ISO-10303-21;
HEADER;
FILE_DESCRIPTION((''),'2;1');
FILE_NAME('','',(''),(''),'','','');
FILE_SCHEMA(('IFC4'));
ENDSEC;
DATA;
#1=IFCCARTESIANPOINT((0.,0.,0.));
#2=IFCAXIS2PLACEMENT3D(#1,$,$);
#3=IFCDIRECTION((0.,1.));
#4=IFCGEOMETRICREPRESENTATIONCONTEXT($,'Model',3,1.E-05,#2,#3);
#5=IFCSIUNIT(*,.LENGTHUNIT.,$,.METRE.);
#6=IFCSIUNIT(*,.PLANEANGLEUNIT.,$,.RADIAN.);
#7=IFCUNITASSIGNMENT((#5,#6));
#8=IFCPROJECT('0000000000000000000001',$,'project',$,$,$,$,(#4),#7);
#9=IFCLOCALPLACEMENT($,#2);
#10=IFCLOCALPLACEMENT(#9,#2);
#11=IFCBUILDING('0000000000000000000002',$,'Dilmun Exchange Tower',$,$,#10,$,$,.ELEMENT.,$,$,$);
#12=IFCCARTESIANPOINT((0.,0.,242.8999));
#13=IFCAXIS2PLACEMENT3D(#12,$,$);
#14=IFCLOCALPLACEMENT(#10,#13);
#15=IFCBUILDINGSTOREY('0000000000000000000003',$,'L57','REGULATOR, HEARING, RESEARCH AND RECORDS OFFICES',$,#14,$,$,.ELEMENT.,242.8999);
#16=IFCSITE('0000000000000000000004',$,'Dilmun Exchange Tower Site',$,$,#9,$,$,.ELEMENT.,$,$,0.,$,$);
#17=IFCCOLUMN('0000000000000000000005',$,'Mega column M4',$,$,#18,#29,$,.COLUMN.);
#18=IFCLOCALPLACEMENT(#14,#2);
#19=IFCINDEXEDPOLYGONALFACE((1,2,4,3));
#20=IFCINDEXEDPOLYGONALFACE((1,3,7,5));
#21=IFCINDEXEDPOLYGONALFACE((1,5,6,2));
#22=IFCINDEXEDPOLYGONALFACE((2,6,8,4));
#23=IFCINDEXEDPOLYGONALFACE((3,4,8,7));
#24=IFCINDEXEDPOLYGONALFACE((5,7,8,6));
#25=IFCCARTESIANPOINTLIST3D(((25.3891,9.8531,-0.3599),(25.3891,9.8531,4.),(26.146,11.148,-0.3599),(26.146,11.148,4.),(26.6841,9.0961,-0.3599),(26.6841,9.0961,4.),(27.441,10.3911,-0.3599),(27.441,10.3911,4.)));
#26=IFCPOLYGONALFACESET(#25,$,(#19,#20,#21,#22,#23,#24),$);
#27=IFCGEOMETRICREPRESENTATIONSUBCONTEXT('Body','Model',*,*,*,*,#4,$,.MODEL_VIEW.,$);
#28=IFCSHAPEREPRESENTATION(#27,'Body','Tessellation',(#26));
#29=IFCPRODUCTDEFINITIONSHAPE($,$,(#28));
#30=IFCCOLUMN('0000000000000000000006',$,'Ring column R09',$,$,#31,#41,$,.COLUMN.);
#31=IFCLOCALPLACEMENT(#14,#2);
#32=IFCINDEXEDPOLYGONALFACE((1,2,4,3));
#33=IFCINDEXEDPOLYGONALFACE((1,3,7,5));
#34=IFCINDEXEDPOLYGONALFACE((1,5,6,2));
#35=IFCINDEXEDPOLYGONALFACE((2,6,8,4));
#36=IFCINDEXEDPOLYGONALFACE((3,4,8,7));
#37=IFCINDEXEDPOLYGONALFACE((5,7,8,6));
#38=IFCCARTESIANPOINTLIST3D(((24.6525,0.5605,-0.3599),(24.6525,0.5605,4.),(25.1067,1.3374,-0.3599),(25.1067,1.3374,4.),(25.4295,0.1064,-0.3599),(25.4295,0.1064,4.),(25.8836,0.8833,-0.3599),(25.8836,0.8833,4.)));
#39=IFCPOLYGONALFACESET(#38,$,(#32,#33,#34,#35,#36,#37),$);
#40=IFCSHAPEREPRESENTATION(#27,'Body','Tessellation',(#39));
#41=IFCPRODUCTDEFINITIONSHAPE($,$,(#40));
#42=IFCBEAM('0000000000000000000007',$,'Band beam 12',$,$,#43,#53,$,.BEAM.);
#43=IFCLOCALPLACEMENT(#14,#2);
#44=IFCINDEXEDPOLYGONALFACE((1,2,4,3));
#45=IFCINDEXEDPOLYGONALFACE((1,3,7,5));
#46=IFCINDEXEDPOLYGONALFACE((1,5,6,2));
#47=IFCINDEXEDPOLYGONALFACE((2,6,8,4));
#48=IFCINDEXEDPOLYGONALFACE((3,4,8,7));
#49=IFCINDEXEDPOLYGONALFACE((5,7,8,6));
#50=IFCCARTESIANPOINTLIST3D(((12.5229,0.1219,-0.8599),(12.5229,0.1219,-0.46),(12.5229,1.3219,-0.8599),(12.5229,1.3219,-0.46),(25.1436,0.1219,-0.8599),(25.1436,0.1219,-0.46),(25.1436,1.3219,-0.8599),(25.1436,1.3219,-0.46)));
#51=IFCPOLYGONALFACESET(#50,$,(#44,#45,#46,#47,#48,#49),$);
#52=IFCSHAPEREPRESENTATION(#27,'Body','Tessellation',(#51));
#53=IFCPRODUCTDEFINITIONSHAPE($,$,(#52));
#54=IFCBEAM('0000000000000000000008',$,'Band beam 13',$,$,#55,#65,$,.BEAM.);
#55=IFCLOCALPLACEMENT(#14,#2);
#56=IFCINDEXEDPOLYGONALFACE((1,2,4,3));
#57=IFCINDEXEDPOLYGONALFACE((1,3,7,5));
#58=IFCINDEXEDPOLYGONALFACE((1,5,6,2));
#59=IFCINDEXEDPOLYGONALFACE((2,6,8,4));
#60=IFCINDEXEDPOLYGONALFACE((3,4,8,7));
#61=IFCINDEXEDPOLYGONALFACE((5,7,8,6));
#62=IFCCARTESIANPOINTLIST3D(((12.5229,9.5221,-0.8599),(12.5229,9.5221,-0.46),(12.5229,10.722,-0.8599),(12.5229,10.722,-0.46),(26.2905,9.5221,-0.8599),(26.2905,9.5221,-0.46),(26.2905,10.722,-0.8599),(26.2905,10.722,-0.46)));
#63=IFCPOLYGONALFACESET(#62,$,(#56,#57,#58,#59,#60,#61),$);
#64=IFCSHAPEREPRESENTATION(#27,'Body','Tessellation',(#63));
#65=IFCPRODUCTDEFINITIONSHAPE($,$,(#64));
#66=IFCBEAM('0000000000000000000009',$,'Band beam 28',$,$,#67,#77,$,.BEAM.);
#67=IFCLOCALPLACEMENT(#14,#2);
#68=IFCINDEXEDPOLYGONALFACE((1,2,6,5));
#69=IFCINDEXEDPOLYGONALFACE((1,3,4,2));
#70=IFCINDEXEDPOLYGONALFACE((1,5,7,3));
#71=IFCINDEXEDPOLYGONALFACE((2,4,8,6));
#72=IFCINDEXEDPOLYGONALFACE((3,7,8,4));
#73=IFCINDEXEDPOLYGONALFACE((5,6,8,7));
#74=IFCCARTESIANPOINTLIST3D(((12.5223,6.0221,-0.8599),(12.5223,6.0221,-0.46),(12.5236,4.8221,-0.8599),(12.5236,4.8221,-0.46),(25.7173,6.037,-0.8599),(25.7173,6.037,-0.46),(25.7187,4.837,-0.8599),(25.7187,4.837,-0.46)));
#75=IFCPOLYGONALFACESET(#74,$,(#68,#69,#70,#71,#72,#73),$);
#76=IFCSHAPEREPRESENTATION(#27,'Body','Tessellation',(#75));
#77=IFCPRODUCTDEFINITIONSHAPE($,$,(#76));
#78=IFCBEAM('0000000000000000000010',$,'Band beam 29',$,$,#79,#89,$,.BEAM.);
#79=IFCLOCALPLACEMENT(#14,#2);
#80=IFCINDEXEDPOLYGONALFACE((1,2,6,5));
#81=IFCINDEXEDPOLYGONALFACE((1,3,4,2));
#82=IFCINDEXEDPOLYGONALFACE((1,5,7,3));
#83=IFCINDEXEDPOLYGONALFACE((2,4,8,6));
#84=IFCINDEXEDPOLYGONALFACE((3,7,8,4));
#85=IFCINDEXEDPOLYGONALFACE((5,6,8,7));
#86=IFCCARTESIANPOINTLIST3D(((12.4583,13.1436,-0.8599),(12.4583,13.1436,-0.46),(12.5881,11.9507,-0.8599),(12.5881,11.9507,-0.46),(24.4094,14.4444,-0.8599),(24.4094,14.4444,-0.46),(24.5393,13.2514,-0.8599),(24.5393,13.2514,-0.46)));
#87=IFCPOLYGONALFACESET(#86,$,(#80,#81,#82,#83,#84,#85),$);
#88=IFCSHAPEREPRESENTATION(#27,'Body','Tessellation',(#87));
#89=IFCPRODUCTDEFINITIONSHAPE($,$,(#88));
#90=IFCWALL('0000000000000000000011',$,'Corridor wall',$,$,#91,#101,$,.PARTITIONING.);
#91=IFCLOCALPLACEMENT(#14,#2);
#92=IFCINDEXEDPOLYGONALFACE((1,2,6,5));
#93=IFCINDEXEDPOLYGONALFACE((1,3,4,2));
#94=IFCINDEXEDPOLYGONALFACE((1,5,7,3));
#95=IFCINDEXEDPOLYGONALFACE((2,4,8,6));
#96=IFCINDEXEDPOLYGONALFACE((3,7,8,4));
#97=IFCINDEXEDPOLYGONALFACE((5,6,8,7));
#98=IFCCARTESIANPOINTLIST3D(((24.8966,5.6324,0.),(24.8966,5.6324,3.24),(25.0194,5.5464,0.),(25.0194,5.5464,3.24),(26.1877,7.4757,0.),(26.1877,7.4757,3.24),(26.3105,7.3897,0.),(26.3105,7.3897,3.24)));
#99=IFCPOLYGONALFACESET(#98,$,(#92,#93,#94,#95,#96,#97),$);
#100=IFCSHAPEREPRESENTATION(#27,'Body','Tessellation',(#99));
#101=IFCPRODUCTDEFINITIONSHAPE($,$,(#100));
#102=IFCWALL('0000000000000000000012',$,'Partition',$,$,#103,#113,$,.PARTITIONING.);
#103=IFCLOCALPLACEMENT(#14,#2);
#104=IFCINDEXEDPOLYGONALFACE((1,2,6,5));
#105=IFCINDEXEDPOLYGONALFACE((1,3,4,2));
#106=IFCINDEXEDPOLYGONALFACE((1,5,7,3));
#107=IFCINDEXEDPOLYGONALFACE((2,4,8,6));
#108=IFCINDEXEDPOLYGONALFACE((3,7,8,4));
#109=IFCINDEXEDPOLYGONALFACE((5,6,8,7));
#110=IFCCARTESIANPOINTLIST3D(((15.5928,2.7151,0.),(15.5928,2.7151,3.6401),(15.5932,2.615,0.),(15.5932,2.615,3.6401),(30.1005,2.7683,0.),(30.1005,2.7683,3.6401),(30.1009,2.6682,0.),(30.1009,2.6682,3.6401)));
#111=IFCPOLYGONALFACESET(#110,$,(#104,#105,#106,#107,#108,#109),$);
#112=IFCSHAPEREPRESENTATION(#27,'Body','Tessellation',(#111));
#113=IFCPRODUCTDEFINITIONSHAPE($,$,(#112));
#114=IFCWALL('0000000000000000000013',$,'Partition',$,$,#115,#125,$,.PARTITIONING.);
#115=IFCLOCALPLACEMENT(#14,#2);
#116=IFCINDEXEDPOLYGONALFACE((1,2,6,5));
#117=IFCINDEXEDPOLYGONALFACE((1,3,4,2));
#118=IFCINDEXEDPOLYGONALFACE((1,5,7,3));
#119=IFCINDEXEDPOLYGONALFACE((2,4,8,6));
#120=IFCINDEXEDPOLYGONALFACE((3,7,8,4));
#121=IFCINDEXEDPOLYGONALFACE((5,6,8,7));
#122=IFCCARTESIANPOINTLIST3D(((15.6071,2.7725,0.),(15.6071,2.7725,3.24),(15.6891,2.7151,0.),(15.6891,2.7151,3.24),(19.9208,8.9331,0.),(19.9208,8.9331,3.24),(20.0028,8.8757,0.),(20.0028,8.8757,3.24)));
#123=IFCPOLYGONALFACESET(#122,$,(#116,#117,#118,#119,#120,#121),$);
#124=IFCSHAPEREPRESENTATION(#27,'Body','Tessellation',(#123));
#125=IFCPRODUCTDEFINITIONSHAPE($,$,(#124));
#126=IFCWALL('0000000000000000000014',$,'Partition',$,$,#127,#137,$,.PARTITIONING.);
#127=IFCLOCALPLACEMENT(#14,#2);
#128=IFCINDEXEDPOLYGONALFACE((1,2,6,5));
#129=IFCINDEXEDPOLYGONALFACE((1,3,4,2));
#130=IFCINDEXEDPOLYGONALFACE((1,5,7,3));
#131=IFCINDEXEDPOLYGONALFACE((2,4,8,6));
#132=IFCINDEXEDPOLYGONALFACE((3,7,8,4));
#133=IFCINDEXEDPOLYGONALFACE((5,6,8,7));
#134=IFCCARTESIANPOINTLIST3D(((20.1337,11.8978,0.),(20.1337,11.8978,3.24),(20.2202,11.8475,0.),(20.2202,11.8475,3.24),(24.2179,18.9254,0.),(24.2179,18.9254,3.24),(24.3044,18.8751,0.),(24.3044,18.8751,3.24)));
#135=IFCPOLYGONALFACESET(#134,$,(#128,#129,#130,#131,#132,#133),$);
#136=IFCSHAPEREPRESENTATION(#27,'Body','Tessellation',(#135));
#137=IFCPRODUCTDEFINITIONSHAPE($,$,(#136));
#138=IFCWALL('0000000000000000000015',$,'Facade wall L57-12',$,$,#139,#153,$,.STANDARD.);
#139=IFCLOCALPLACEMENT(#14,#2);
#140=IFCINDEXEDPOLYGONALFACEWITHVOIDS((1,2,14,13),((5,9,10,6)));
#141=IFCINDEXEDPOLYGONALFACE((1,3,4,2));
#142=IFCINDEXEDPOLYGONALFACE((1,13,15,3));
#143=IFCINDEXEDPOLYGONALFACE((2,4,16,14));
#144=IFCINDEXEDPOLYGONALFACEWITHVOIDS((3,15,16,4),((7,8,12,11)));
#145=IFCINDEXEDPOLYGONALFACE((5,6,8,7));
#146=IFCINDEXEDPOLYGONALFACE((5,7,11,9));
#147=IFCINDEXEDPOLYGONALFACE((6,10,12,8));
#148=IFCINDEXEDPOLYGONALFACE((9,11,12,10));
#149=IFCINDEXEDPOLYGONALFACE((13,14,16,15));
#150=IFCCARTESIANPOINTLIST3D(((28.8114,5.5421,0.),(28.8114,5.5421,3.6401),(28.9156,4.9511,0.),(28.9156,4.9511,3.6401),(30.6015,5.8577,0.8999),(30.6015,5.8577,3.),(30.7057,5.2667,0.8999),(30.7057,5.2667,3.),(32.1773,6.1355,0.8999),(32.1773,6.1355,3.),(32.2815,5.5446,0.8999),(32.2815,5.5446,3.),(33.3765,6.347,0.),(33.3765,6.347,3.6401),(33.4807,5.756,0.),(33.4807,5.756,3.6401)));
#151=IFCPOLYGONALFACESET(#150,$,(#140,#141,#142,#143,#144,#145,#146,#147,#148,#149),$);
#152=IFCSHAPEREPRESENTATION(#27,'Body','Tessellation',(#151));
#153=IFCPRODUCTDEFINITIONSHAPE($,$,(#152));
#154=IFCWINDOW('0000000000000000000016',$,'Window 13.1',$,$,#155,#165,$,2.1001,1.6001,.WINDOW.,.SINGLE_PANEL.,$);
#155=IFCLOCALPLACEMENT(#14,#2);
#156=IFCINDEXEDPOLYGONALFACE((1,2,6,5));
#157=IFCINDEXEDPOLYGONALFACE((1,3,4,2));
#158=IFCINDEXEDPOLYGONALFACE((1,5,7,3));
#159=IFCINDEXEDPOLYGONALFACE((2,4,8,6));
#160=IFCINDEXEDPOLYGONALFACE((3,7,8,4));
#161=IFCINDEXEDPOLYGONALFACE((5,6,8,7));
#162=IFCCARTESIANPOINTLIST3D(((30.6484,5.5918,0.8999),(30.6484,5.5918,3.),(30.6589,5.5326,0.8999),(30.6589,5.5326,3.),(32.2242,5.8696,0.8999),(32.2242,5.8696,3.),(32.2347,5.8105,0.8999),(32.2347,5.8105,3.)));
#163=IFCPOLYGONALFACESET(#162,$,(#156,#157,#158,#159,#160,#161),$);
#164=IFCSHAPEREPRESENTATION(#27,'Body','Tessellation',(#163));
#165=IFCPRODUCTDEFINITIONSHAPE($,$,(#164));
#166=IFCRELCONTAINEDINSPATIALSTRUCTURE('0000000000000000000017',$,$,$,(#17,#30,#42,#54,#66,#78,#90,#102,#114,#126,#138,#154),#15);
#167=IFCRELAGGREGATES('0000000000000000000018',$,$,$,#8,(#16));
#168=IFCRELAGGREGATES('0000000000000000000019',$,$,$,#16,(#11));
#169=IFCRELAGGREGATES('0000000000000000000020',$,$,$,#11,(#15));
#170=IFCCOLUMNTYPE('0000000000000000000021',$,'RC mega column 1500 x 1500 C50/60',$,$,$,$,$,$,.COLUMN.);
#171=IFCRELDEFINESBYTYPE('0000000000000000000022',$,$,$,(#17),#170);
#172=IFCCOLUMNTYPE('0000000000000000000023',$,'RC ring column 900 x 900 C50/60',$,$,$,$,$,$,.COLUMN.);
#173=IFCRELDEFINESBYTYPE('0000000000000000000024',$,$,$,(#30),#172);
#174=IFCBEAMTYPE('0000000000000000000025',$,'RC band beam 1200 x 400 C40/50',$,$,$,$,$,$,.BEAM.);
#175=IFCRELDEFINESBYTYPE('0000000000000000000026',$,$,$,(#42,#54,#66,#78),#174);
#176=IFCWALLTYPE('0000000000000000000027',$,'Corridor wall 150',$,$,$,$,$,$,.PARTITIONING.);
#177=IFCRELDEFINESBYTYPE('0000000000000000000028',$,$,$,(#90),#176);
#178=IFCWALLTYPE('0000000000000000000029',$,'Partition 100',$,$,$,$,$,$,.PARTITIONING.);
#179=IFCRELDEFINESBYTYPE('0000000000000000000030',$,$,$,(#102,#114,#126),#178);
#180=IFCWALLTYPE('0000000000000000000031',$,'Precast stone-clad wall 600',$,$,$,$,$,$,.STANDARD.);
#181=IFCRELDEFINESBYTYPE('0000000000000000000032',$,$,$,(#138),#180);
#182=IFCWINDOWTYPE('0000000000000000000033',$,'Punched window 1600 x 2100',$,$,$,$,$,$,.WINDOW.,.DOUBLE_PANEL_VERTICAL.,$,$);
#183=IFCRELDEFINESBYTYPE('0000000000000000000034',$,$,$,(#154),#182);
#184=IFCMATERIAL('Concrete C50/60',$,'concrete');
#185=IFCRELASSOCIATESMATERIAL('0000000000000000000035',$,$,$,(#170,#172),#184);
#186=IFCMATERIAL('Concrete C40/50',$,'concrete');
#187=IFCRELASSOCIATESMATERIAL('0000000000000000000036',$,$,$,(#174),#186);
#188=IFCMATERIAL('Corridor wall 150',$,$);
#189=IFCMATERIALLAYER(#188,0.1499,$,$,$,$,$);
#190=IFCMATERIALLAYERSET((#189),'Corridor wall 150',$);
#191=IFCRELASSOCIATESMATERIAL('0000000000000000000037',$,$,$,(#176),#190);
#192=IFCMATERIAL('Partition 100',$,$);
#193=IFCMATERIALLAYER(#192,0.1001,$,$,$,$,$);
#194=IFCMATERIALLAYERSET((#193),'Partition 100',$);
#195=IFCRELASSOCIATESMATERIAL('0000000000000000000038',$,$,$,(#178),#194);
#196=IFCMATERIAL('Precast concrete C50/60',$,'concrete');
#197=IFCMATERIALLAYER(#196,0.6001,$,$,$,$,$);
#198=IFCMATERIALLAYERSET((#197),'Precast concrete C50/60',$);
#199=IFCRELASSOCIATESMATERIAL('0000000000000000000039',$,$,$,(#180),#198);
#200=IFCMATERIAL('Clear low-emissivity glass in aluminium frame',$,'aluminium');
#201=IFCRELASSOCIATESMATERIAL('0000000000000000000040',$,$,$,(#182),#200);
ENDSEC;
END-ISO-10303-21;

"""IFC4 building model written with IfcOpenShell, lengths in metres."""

from ifc_helpers import new_model, si_unit, direction, frame, frame_2d, origin, origin_2d, place, context, subcontext, project, spatial, rectangle, extrude, material, layer, layer_set, material_profile, profile_set, type_object, element, fill, save


model = new_model("IFC4")

# Units and contexts
model_context = context("Model", 3, precision=1e-05, world=origin(), true_north=direction((0.0, 1.0)))
body_context = subcontext(model_context, "Body", "Model", "MODEL_VIEW")
ifc_project = project(units=[si_unit("LENGTHUNIT", "METRE"), si_unit("PLANEANGLEUNIT", "RADIAN")], contexts=[model_context])

# Site, building, storey
site_placement = place(None, origin())
site = spatial("IfcSite", under=ifc_project, at=site_placement, Name="Dilmun Exchange Tower Site", CompositionType="ELEMENT", RefElevation=0.0)
building_placement = place(site_placement, origin())
building = spatial("IfcBuilding", under=site, at=building_placement, Name="Dilmun Exchange Tower", CompositionType="ELEMENT")
storey_placement = place(building_placement, frame((0.0, 0.0, 242.8999)))
storey = spatial("IfcBuildingStorey", under=building, at=storey_placement, Name="L57", Description="REGULATOR, HEARING, RESEARCH AND RECORDS OFFICES", CompositionType="ELEMENT", Elevation=242.8999)

# Columns
ifc_material_1 = material(Name="Concrete C50/60", Category="concrete")
ifc_material_profile_1 = material_profile(ifc_material_1, rectangle(XDim=1.5, YDim=1.5, at=origin_2d()), Name="1500 x 1500")
ifc_profile_set_1 = profile_set([ifc_material_profile_1], Name="Concrete C50/60")
column_type_1 = type_object("IfcColumnType", Name="RC mega column 1500 x 1500 C50/60", PredefinedType="COLUMN", material=ifc_profile_set_1)
column_1_placement = place(storey_placement, frame((26.415, 10.1221, -0.3599), z_axis=(0.0, 0.0, 1.0), x_axis=(0.504644, 0.863328, 0.0)))
element("IfcColumn", 1, at=column_1_placement, inside=storey, type_object=column_type_1, Name="Mega column M4", PredefinedType="COLUMN", context=body_context, shape_type="SweptSolid", body=[
    extrude(rectangle(XDim=1.5, YDim=1.5, at=origin_2d()), origin(), (0.0, 0.0, 1.0), 4.3599),
])
ifc_material_profile_2 = material_profile(ifc_material_1, rectangle(XDim=0.8999, YDim=0.8999, at=origin_2d()), Name="900 x 900")
ifc_profile_set_2 = profile_set([ifc_material_profile_2], Name="Concrete C50/60")
column_type_2 = type_object("IfcColumnType", Name="RC ring column 900 x 900 C50/60", PredefinedType="COLUMN", material=ifc_profile_set_2)
column_2_placement = place(storey_placement, frame((25.2681, 0.7219, -0.3599), z_axis=(0.0, 0.0, 1.0), x_axis=(0.504644, 0.863328, 0.0)))
element("IfcColumn", 2, at=column_2_placement, inside=storey, type_object=column_type_2, Name="Ring column R09", PredefinedType="COLUMN", context=body_context, shape_type="SweptSolid", body=[
    extrude(rectangle(XDim=0.8999, YDim=0.8999, at=origin_2d()), origin(), (0.0, 0.0, 1.0), 4.3599),
])

# Beams
ifc_material_2 = material(Name="Concrete C40/50", Category="concrete")
ifc_material_profile_3 = material_profile(ifc_material_2, rectangle(XDim=1.2, YDim=0.3999, at=origin_2d()), Name="1200 x 400")
ifc_profile_set_3 = profile_set([ifc_material_profile_3], Name="Concrete C40/50")
beam_type = type_object("IfcBeamType", Name="RC band beam 1200 x 400 C40/50", PredefinedType="BEAM", material=ifc_profile_set_3)
beam_1_placement = place(storey_placement, frame((25.1436, 0.7219, -0.6599), z_axis=(-1.0, 0.0, 0.0), x_axis=(0.0, -1.0, 0.0)))
element("IfcBeam", 3, at=beam_1_placement, inside=storey, type_object=beam_type, Name="Band beam 12", PredefinedType="BEAM", context=body_context, shape_type="SweptSolid", body=[
    extrude(rectangle(XDim=1.2, YDim=0.3999, at=origin_2d()), origin(), (0.0, 0.0, 1.0), 12.6206),
])
beam_2_placement = place(storey_placement, frame((26.2905, 10.1221, -0.6599), z_axis=(-1.0, 0.0, 0.0), x_axis=(0.0, -1.0, 0.0)))
element("IfcBeam", 4, at=beam_2_placement, inside=storey, type_object=beam_type, Name="Band beam 13", PredefinedType="BEAM", context=body_context, shape_type="SweptSolid", body=[
    extrude(rectangle(XDim=1.2, YDim=0.3999, at=origin_2d()), origin(), (0.0, 0.0, 1.0), 13.7676),
])
beam_3_placement = place(storey_placement, frame((25.718, 5.437, -0.6599), z_axis=(-0.999999, -0.001129, 0.0), x_axis=(0.001129, -0.999999, 0.0)))
element("IfcBeam", 5, at=beam_3_placement, inside=storey, type_object=beam_type, Name="Band beam 28", PredefinedType="BEAM", context=body_context, shape_type="SweptSolid", body=[
    extrude(rectangle(XDim=1.2, YDim=0.3999, at=origin_2d()), origin(), (0.0, 0.0, 1.0), 13.1951),
])
beam_4_placement = place(storey_placement, frame((24.4744, 13.8479, -0.6599), z_axis=(-0.994129, -0.108202, 0.0), x_axis=(0.108202, -0.994129, 0.0)))
element("IfcBeam", 6, at=beam_4_placement, inside=storey, type_object=beam_type, Name="Band beam 29", PredefinedType="BEAM", context=body_context, shape_type="SweptSolid", body=[
    extrude(rectangle(XDim=1.2, YDim=0.3999, at=origin_2d()), origin(), (0.0, 0.0, 1.0), 12.0217),
])

# Walls
ifc_material_3 = material(Name="Corridor wall 150")
ifc_layer_1 = layer(ifc_material_3, 0.1499)
ifc_layer_set_1 = layer_set([ifc_layer_1], Name="Corridor wall 150")
wall_type_1 = type_object("IfcWallType", Name="Corridor wall 150", PredefinedType="PARTITIONING", material=ifc_layer_set_1)
wall_1_placement = place(storey_placement, frame((24.958, 5.5894, 0.0), z_axis=(0.0, 0.0, 1.0), x_axis=(0.573681, 0.819079, 0.0)))
element("IfcWall", 7, at=wall_1_placement, inside=storey, type_object=wall_type_1, Name="Corridor wall", PredefinedType="PARTITIONING", context=body_context, shape_type="SweptSolid", body=[
    extrude(rectangle(XDim=2.2505, YDim=0.1499, at=frame_2d((1.1252, 0.0))), origin(), (0.0, 0.0, 1.0), 3.24),
])
ifc_material_4 = material(Name="Partition 100")
ifc_layer_2 = layer(ifc_material_4, 0.1001)
ifc_layer_set_2 = layer_set([ifc_layer_2], Name="Partition 100")
wall_type_2 = type_object("IfcWallType", Name="Partition 100", PredefinedType="PARTITIONING", material=ifc_layer_set_2)
wall_2_placement = place(storey_placement, frame((15.593, 2.665, 0.0), z_axis=(0.0, 0.0, 1.0), x_axis=(0.999993, 0.003669, 0.0)))
element("IfcWall", 8, at=wall_2_placement, inside=storey, type_object=wall_type_2, Name="Partition", PredefinedType="PARTITIONING", context=body_context, shape_type="SweptSolid", body=[
    extrude(rectangle(XDim=14.5078, YDim=0.1001, at=frame_2d((7.2539, 0.0))), origin(), (0.0, 0.0, 1.0), 3.6401),
])
wall_3_placement = place(storey_placement, frame((15.6482, 2.7439, 0.0), z_axis=(0.0, 0.0, 1.0), x_axis=(0.573576, 0.819153, 0.0)))
element("IfcWall", 9, at=wall_3_placement, inside=storey, type_object=wall_type_2, Name="Partition", PredefinedType="PARTITIONING", context=body_context, shape_type="SweptSolid", body=[
    extrude(rectangle(XDim=7.5208, YDim=0.1001, at=frame_2d((3.7603, 0.0))), origin(), (0.0, 0.0, 1.0), 3.24),
])
wall_4_placement = place(storey_placement, frame((20.177, 11.8728, 0.0), z_axis=(0.0, 0.0, 1.0), x_axis=(0.502475, 0.864592, 0.0)))
element("IfcWall", 10, at=wall_4_placement, inside=storey, type_object=wall_type_2, Name="Partition", PredefinedType="PARTITIONING", context=body_context, shape_type="SweptSolid", body=[
    extrude(rectangle(XDim=8.1282, YDim=0.1001, at=frame_2d((4.064, 0.0))), origin(), (0.0, 0.0, 1.0), 3.24),
])

# Wall, opening, window
ifc_material_5 = material(Name="Precast concrete C50/60", Category="concrete")
ifc_layer_3 = layer(ifc_material_5, 0.6001)
ifc_layer_set_3 = layer_set([ifc_layer_3], Name="Precast concrete C50/60")
wall_type_3 = type_object("IfcWallType", Name="Precast stone-clad wall 600", PredefinedType="STANDARD", material=ifc_layer_set_3)
wall_5_placement = place(storey_placement, frame((33.4287, 6.0515, 0.0), z_axis=(0.0, 0.0, 1.0), x_axis=(-0.984809, -0.173641, 0.0)))
wall_5 = element("IfcWall", 11, at=wall_5_placement, inside=storey, type_object=wall_type_3, Name="Facade wall L57-12", PredefinedType="STANDARD", context=body_context, shape_type="SweptSolid", body=[
    extrude(rectangle(XDim=4.6355, YDim=0.6001, at=frame_2d((2.3179, 0.0))), origin(), (0.0, 0.0, 1.0), 3.6401),
])
opening_1_placement = place(wall_5_placement, frame((1.2178, 0.0, 0.8999)))
opening_1 = element("IfcOpeningElement", 12, at=opening_1_placement, cuts=wall_5, PredefinedType="OPENING", context=body_context, shape_type="SweptSolid", body=[
    extrude(rectangle(XDim=1.6001, YDim=2.1001, at=frame_2d((0.8, 1.05))), frame((0.0, 0.3101, 0.0), z_axis=(0.0, -1.0, 0.0), x_axis=(1.0, 0.0, 0.0)), (0.0, 0.0, 1.0), 0.6201),
])
ifc_material_6 = material(Name="Clear low-emissivity glass in aluminium frame", Category="aluminium")
window_type_1 = type_object("IfcWindowType", Name="Punched window 1600 x 2100", PartitioningType="DOUBLE_PANEL_VERTICAL", PredefinedType="WINDOW", material=ifc_material_6)
window_1_placement = place(opening_1_placement, origin())
window_1 = element("IfcWindow", 13, at=window_1_placement, inside=storey, type_object=window_type_1, Name="Window 13.1", OverallHeight=2.1001, OverallWidth=1.6001, PartitioningType="SINGLE_PANEL", PredefinedType="WINDOW", context=body_context, shape_type="SweptSolid", body=[
    extrude(rectangle(XDim=1.6001, YDim=2.1001, at=frame_2d((0.8, 1.05))), frame((0.0, 0.03, 0.0), z_axis=(0.0, -1.0, 0.0), x_axis=(1.0, 0.0, 0.0)), (0.0, 0.0, 1.0), 0.0601),
])
fill(opening_1, window_1)

save(model, "model.ifc")
